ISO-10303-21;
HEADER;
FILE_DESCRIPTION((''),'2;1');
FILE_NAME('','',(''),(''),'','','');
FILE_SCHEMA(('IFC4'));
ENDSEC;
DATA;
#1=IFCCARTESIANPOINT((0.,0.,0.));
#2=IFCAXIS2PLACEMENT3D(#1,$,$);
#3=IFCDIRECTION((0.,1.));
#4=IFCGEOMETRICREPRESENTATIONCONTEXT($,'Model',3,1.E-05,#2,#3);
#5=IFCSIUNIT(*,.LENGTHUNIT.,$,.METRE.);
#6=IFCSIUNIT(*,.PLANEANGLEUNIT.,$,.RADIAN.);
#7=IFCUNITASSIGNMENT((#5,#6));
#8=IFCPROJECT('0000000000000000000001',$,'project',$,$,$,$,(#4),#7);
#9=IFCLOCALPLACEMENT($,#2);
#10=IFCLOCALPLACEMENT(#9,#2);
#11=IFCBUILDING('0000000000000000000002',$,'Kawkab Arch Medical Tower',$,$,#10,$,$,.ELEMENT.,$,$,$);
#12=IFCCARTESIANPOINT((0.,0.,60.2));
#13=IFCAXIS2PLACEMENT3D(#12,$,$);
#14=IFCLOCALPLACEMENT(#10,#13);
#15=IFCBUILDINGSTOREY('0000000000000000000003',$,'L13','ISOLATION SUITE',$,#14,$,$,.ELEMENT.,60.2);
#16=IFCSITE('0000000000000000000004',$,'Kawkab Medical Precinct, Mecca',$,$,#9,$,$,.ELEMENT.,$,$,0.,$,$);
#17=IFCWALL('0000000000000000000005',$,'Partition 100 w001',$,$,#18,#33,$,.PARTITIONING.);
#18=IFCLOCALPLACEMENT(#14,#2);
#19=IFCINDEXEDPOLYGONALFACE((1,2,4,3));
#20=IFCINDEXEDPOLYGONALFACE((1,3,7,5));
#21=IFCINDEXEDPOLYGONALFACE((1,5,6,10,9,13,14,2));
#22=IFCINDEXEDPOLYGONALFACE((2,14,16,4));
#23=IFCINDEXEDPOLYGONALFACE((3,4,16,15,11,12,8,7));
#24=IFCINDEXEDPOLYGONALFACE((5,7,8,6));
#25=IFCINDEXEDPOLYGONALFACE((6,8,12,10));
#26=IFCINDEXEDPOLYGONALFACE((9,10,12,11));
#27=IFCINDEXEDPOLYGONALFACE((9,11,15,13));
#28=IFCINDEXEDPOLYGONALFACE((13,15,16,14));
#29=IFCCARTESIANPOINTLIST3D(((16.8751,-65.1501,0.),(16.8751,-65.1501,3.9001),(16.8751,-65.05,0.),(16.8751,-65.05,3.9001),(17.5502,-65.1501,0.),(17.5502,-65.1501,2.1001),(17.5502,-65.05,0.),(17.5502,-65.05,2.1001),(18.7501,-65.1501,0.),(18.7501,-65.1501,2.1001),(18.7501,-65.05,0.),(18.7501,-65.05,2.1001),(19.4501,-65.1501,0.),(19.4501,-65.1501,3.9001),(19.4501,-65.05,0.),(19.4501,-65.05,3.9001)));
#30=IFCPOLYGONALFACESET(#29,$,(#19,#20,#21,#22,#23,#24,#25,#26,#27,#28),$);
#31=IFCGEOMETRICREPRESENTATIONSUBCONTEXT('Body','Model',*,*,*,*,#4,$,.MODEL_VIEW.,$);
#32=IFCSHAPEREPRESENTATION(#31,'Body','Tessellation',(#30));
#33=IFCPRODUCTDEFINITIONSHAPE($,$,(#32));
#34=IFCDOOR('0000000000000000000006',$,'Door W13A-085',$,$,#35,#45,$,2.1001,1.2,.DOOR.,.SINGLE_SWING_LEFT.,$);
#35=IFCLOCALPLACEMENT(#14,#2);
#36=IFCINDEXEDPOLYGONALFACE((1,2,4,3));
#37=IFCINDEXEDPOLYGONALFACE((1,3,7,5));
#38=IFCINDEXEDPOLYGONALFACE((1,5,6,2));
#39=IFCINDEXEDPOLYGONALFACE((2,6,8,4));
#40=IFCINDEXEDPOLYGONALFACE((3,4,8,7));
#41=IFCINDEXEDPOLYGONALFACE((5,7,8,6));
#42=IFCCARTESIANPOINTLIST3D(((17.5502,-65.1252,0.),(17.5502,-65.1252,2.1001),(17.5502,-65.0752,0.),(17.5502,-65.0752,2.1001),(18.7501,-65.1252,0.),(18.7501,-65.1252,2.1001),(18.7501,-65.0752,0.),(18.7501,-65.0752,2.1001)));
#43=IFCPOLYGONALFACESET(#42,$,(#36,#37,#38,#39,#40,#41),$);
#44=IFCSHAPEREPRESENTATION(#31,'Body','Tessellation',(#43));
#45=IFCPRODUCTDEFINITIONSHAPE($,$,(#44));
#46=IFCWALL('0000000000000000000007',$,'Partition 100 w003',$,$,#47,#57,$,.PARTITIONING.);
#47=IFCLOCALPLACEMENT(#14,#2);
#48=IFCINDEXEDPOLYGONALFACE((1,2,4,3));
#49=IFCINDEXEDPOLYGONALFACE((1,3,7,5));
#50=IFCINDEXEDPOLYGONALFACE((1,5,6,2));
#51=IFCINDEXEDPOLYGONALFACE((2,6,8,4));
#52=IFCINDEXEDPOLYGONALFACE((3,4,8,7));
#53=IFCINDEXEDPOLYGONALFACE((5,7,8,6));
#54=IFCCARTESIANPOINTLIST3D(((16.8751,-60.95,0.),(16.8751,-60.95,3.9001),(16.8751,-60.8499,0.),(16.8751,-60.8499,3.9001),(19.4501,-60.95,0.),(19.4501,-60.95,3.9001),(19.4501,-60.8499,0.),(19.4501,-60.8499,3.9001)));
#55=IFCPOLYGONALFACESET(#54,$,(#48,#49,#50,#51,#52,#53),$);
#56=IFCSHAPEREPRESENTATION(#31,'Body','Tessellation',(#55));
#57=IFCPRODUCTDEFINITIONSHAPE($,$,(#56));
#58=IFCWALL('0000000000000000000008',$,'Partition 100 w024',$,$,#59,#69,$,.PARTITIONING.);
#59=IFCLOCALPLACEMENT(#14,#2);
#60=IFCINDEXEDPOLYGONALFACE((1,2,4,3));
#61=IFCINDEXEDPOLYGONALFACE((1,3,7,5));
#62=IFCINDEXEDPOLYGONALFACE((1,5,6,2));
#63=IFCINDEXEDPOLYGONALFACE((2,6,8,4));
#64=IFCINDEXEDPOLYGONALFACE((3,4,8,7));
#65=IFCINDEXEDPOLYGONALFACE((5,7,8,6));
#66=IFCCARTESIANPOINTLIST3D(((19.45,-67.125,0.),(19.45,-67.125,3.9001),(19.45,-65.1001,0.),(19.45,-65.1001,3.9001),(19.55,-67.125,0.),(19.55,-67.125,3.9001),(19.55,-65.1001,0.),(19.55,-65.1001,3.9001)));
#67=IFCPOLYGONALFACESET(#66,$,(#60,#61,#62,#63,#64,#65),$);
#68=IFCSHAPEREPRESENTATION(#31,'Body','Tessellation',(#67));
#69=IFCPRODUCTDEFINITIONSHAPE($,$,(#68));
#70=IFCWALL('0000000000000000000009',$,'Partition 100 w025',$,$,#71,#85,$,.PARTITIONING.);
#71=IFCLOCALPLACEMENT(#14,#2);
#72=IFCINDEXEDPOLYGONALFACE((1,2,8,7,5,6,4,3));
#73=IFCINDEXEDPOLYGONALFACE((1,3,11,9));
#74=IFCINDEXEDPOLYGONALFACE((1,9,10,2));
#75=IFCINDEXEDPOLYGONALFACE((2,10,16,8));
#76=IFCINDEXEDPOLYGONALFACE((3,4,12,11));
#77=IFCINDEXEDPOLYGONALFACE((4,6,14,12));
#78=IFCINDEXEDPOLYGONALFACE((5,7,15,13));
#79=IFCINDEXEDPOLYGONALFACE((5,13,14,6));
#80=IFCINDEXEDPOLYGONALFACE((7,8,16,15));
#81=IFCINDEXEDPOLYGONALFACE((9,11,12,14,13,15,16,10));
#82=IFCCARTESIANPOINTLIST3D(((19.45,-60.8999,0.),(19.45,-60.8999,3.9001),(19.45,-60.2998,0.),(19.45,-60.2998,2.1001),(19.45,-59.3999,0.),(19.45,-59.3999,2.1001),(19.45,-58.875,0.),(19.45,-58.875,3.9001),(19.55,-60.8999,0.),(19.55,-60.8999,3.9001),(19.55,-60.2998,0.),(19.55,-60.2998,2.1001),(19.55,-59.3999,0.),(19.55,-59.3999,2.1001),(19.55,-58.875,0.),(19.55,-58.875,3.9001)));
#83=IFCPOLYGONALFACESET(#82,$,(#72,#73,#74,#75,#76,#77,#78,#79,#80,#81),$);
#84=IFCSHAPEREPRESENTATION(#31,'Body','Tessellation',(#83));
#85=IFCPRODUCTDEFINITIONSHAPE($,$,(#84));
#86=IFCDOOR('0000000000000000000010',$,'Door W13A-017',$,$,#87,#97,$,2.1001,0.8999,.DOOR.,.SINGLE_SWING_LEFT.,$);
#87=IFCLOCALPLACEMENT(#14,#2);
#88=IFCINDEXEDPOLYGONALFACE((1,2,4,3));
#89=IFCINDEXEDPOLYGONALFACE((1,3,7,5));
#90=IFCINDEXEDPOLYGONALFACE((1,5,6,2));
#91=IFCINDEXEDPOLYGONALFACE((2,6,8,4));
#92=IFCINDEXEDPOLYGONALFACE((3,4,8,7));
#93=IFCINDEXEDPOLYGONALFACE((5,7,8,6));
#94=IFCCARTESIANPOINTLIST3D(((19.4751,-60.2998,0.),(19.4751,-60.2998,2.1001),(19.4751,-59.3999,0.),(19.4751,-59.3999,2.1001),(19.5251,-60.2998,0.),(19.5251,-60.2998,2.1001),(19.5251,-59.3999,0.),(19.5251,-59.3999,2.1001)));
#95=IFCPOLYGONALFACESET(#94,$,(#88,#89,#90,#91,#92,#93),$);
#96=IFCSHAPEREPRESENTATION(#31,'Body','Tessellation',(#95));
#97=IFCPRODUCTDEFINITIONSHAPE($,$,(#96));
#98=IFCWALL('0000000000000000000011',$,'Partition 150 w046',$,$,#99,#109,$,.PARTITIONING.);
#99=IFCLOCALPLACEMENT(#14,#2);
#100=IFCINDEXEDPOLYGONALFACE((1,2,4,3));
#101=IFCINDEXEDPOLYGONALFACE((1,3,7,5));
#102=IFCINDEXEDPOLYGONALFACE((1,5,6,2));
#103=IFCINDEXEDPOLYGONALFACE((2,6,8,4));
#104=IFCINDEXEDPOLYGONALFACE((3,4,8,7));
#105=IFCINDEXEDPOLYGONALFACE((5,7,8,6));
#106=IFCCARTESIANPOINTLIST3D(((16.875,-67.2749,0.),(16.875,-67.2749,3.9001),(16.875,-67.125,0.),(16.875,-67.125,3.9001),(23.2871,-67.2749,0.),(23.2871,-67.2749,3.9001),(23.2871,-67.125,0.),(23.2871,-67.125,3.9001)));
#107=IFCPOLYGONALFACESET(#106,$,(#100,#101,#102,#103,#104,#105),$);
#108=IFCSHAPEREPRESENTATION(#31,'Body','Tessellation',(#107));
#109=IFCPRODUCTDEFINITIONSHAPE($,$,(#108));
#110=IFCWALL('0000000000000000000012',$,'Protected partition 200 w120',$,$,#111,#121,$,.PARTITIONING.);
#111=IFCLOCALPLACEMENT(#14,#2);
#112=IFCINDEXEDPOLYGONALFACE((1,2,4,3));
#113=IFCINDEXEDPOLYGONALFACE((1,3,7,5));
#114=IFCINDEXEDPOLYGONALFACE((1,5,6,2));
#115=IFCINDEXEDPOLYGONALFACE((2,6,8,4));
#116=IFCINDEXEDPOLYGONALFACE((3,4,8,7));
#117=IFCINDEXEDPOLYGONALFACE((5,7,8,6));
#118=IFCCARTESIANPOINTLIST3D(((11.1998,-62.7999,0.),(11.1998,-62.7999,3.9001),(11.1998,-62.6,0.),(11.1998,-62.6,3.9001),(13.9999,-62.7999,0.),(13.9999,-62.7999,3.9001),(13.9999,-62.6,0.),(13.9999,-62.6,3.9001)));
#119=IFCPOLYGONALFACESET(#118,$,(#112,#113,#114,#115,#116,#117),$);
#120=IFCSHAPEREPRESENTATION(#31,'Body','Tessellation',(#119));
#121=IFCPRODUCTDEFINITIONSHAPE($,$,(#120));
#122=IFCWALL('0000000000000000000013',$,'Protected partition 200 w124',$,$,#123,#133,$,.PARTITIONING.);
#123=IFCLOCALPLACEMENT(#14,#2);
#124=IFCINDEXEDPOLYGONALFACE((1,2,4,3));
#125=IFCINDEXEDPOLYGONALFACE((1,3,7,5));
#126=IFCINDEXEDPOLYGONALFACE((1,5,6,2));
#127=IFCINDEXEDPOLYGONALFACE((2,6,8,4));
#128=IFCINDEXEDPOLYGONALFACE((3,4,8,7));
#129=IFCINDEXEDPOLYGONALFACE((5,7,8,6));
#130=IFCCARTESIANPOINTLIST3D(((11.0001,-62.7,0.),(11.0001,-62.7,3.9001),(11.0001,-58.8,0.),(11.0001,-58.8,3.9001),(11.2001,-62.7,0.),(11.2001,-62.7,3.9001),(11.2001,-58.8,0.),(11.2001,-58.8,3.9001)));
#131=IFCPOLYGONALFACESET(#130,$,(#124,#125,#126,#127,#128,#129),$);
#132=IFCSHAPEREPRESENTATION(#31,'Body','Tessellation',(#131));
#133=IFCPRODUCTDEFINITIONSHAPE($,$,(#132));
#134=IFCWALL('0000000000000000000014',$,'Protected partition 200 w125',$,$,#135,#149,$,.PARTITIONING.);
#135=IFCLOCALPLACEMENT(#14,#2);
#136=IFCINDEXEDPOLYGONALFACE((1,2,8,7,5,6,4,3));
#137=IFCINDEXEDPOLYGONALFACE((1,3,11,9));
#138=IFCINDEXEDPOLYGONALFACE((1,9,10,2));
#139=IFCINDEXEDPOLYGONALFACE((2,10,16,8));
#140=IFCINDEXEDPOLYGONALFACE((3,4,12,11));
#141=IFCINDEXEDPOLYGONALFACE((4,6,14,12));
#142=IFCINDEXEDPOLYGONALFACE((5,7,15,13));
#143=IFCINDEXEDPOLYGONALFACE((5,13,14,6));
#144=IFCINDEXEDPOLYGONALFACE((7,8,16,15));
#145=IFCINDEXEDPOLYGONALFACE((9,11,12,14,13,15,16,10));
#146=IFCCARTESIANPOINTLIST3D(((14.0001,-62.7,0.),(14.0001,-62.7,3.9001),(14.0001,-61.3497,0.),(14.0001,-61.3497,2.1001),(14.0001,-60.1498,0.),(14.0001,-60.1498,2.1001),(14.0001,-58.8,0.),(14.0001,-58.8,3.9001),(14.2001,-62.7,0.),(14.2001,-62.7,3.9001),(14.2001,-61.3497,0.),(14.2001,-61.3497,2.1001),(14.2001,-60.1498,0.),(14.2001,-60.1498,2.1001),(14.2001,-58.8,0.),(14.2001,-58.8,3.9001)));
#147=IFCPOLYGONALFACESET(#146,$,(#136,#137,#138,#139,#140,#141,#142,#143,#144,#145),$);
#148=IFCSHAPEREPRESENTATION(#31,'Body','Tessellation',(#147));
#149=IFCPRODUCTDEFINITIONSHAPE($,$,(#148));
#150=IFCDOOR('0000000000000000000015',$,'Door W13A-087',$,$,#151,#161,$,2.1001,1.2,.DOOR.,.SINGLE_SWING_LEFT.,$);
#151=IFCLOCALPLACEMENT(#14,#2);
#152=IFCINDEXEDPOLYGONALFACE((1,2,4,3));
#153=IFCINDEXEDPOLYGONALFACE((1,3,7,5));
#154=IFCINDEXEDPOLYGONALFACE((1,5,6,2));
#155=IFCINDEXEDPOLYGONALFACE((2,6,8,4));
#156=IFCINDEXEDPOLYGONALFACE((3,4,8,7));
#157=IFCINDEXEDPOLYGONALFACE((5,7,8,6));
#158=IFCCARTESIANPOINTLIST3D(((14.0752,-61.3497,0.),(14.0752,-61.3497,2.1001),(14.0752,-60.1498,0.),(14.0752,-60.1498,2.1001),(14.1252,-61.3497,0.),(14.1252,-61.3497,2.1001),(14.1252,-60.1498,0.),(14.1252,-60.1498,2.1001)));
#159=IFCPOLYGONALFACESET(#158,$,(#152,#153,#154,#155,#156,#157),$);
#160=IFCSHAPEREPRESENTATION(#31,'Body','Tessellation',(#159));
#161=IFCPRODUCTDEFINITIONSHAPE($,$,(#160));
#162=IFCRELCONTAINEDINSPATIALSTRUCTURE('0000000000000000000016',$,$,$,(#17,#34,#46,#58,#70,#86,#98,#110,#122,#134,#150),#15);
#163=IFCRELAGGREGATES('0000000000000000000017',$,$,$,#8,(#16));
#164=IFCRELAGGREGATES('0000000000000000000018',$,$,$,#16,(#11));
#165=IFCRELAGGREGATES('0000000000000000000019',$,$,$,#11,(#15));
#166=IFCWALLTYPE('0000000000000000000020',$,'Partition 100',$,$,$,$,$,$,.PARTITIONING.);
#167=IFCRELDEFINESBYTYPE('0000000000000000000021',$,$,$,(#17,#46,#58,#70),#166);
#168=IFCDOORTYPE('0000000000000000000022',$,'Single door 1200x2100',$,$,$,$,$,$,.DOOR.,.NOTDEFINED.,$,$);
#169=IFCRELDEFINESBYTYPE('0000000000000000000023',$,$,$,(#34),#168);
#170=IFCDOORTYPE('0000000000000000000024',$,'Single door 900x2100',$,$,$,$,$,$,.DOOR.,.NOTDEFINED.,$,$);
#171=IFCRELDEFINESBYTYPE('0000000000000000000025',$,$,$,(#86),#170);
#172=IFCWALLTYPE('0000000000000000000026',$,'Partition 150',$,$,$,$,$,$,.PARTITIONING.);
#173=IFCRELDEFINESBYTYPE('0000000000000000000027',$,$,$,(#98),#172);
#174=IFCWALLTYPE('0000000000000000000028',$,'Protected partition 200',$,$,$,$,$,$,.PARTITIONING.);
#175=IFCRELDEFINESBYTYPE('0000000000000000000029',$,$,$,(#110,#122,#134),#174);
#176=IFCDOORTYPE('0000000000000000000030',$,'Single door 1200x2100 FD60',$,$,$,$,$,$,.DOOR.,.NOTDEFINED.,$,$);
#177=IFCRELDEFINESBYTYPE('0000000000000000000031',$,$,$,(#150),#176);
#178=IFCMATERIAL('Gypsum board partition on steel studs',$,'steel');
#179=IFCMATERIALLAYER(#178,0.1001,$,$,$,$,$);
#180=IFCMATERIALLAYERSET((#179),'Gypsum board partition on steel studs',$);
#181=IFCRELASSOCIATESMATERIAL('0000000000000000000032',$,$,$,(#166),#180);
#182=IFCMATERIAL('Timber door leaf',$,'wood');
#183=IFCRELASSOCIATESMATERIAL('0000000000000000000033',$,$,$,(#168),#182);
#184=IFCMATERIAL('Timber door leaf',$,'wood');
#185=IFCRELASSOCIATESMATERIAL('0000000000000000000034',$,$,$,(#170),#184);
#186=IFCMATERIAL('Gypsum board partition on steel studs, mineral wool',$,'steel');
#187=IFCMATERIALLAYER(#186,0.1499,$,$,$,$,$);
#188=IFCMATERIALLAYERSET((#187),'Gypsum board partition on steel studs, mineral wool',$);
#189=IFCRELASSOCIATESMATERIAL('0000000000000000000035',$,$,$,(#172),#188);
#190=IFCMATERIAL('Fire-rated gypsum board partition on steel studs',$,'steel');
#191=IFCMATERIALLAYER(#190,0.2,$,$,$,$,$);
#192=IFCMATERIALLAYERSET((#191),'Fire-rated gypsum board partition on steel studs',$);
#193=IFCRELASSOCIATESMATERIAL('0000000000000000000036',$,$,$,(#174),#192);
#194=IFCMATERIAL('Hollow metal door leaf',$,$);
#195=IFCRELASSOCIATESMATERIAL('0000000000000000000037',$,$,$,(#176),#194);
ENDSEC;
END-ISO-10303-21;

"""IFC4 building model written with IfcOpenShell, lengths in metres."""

from ifc_helpers import new_model, si_unit, direction, frame, frame_2d, origin, place, context, subcontext, project, spatial, rectangle, extrude, material, layer, layer_set, type_object, element, fill, save


model = new_model("IFC4")

# Units and contexts
model_context = context("Model", 3, precision=1e-05, world=origin(), true_north=direction((0.0, 1.0)))
body_context = subcontext(model_context, "Body", "Model", "MODEL_VIEW")
ifc_project = project(units=[si_unit("LENGTHUNIT", "METRE"), si_unit("PLANEANGLEUNIT", "RADIAN")], contexts=[model_context])

# Site, building, storey
site_placement = place(None, origin())
site = spatial("IfcSite", under=ifc_project, at=site_placement, Name="Kawkab Medical Precinct, Mecca", CompositionType="ELEMENT", RefElevation=0.0)
building_placement = place(site_placement, origin())
building = spatial("IfcBuilding", under=site, at=building_placement, Name="Kawkab Arch Medical Tower", CompositionType="ELEMENT")
storey_placement = place(building_placement, frame((0.0, 0.0, 60.2)))
storey = spatial("IfcBuildingStorey", under=building, at=storey_placement, Name="L13", Description="ISOLATION SUITE", CompositionType="ELEMENT", Elevation=60.2)

# Wall, opening, door
ifc_material_1 = material(Name="Gypsum board partition on steel studs", Category="steel")
ifc_layer_1 = layer(ifc_material_1, 0.1001)
ifc_layer_set_1 = layer_set([ifc_layer_1], Name="Gypsum board partition on steel studs")
wall_type_1 = type_object("IfcWallType", Name="Partition 100", PredefinedType="PARTITIONING", material=ifc_layer_set_1)
wall_1_placement = place(storey_placement, frame((16.875, -65.1001, 0.0), z_axis=(0.0, 0.0, 1.0), x_axis=(1.0, 0.0, 0.0)))
wall_1 = element("IfcWall", 1, at=wall_1_placement, inside=storey, type_object=wall_type_1, Name="Partition 100 w001", PredefinedType="PARTITIONING", context=body_context, shape_type="SweptSolid", body=[
    extrude(rectangle(XDim=2.575, YDim=0.1001, at=frame_2d((1.2876, 0.0))), origin(), (0.0, 0.0, 1.0), 3.9001),
])
opening_1_placement = place(wall_1_placement, frame((0.675, 0.0, 0.0)))
opening_1 = element("IfcOpeningElement", 2, at=opening_1_placement, cuts=wall_1, PredefinedType="OPENING", context=body_context, shape_type="SweptSolid", body=[
    extrude(rectangle(XDim=1.2, YDim=2.1001, at=frame_2d((0.6001, 1.05))), frame((0.0, 0.0601, 0.0), z_axis=(0.0, -1.0, 0.0), x_axis=(1.0, 0.0, 0.0)), (0.0, 0.0, 1.0), 0.1201),
])
ifc_material_2 = material(Name="Timber door leaf", Category="wood")
door_type_1 = type_object("IfcDoorType", Name="Single door 1200x2100", OperationType="NOTDEFINED", PredefinedType="DOOR", material=ifc_material_2)
door_1_placement = place(opening_1_placement, origin())
door_1 = element("IfcDoor", 3, at=door_1_placement, inside=storey, type_object=door_type_1, Name="Door W13A-085", OperationType="SINGLE_SWING_LEFT", OverallHeight=2.1001, OverallWidth=1.2, PredefinedType="DOOR", context=body_context, shape_type="SweptSolid", body=[
    extrude(rectangle(XDim=1.2, YDim=2.1001, at=frame_2d((0.6001, 1.05))), frame((0.0, 0.0249, 0.0), z_axis=(0.0, -1.0, 0.0), x_axis=(1.0, 0.0, 0.0)), (0.0, 0.0, 1.0), 0.05),
])
fill(opening_1, door_1)

# Walls
wall_2_placement = place(storey_placement, frame((16.875, -60.8999, 0.0), z_axis=(0.0, 0.0, 1.0), x_axis=(1.0, 0.0, 0.0)))
element("IfcWall", 4, at=wall_2_placement, inside=storey, type_object=wall_type_1, Name="Partition 100 w003", PredefinedType="PARTITIONING", context=body_context, shape_type="SweptSolid", body=[
    extrude(rectangle(XDim=2.575, YDim=0.1001, at=frame_2d((1.2876, 0.0))), origin(), (0.0, 0.0, 1.0), 3.9001),
])
wall_3_placement = place(storey_placement, frame((19.5, -67.125, 0.0), z_axis=(0.0, 0.0, 1.0), x_axis=(0.0, 1.0, 0.0)))
element("IfcWall", 5, at=wall_3_placement, inside=storey, type_object=wall_type_1, Name="Partition 100 w024", PredefinedType="PARTITIONING", context=body_context, shape_type="SweptSolid", body=[
    extrude(rectangle(XDim=2.0249, YDim=0.1001, at=frame_2d((1.0125, 0.0))), origin(), (0.0, 0.0, 1.0), 3.9001),
])

# Wall, opening, door
wall_4_placement = place(storey_placement, frame((19.5, -60.8999, 0.0), z_axis=(0.0, 0.0, 1.0), x_axis=(0.0, 1.0, 0.0)))
wall_4 = element("IfcWall", 6, at=wall_4_placement, inside=storey, type_object=wall_type_1, Name="Partition 100 w025", PredefinedType="PARTITIONING", context=body_context, shape_type="SweptSolid", body=[
    extrude(rectangle(XDim=2.0249, YDim=0.1001, at=frame_2d((1.0125, 0.0))), origin(), (0.0, 0.0, 1.0), 3.9001),
])
opening_2_placement = place(wall_4_placement, frame((0.6001, 0.0, 0.0)))
opening_2 = element("IfcOpeningElement", 7, at=opening_2_placement, cuts=wall_4, PredefinedType="OPENING", context=body_context, shape_type="SweptSolid", body=[
    extrude(rectangle(XDim=0.8999, YDim=2.1001, at=frame_2d((0.45, 1.05))), frame((0.0, 0.0601, 0.0), z_axis=(0.0, -1.0, 0.0), x_axis=(1.0, 0.0, 0.0)), (0.0, 0.0, 1.0), 0.1201),
])
ifc_material_3 = material(Name="Timber door leaf", Category="wood")
door_type_2 = type_object("IfcDoorType", Name="Single door 900x2100", OperationType="NOTDEFINED", PredefinedType="DOOR", material=ifc_material_3)
door_2_placement = place(opening_2_placement, origin())
door_2 = element("IfcDoor", 8, at=door_2_placement, inside=storey, type_object=door_type_2, Name="Door W13A-017", OperationType="SINGLE_SWING_LEFT", OverallHeight=2.1001, OverallWidth=0.8999, PredefinedType="DOOR", context=body_context, shape_type="SweptSolid", body=[
    extrude(rectangle(XDim=0.8999, YDim=2.1001, at=frame_2d((0.45, 1.05))), frame((0.0, 0.0249, 0.0), z_axis=(0.0, -1.0, 0.0), x_axis=(1.0, 0.0, 0.0)), (0.0, 0.0, 1.0), 0.05),
])
fill(opening_2, door_2)

# Walls
ifc_material_4 = material(Name="Gypsum board partition on steel studs, mineral wool", Category="steel")
ifc_layer_2 = layer(ifc_material_4, 0.1499)
ifc_layer_set_2 = layer_set([ifc_layer_2], Name="Gypsum board partition on steel studs, mineral wool")
wall_type_2 = type_object("IfcWallType", Name="Partition 150", PredefinedType="PARTITIONING", material=ifc_layer_set_2)
wall_5_placement = place(storey_placement, frame((16.875, -67.2, 0.0), z_axis=(0.0, 0.0, 1.0), x_axis=(1.0, 0.0, 0.0)))
element("IfcWall", 9, at=wall_5_placement, inside=storey, type_object=wall_type_2, Name="Partition 150 w046", PredefinedType="PARTITIONING", context=body_context, shape_type="SweptSolid", body=[
    extrude(rectangle(XDim=6.4121, YDim=0.1499, at=frame_2d((3.2061, 0.0))), origin(), (0.0, 0.0, 1.0), 3.9001),
])
ifc_material_5 = material(Name="Fire-rated gypsum board partition on steel studs", Category="steel")
ifc_layer_3 = layer(ifc_material_5, 0.2)
ifc_layer_set_3 = layer_set([ifc_layer_3], Name="Fire-rated gypsum board partition on steel studs")
wall_type_3 = type_object("IfcWallType", Name="Protected partition 200", PredefinedType="PARTITIONING", material=ifc_layer_set_3)
wall_6_placement = place(storey_placement, frame((11.2, -62.7, 0.0), z_axis=(0.0, 0.0, 1.0), x_axis=(1.0, 0.0, 0.0)))
element("IfcWall", 10, at=wall_6_placement, inside=storey, type_object=wall_type_3, Name="Protected partition 200 w120", PredefinedType="PARTITIONING", context=body_context, shape_type="SweptSolid", body=[
    extrude(rectangle(XDim=2.8, YDim=0.2, at=frame_2d((1.3999, 0.0))), origin(), (0.0, 0.0, 1.0), 3.9001),
])
wall_7_placement = place(storey_placement, frame((11.1001, -62.7, 0.0), z_axis=(0.0, 0.0, 1.0), x_axis=(0.0, 1.0, 0.0)))
element("IfcWall", 11, at=wall_7_placement, inside=storey, type_object=wall_type_3, Name="Protected partition 200 w124", PredefinedType="PARTITIONING", context=body_context, shape_type="SweptSolid", body=[
    extrude(rectangle(XDim=3.8999, YDim=0.2, at=frame_2d((1.95, 0.0))), origin(), (0.0, 0.0, 1.0), 3.9001),
])

# Wall, opening, door
wall_8_placement = place(storey_placement, frame((14.1001, -62.7, 0.0), z_axis=(0.0, 0.0, 1.0), x_axis=(0.0, 1.0, 0.0)))
wall_8 = element("IfcWall", 12, at=wall_8_placement, inside=storey, type_object=wall_type_3, Name="Protected partition 200 w125", PredefinedType="PARTITIONING", context=body_context, shape_type="SweptSolid", body=[
    extrude(rectangle(XDim=3.8999, YDim=0.2, at=frame_2d((1.95, 0.0))), origin(), (0.0, 0.0, 1.0), 3.9001),
])
opening_3_placement = place(wall_8_placement, frame((1.3501, 0.0, 0.0)))
opening_3 = element("IfcOpeningElement", 13, at=opening_3_placement, cuts=wall_8, PredefinedType="OPENING", context=body_context, shape_type="SweptSolid", body=[
    extrude(rectangle(XDim=1.2, YDim=2.1001, at=frame_2d((0.6001, 1.05))), frame((0.0, 0.1099, 0.0), z_axis=(0.0, -1.0, 0.0), x_axis=(1.0, 0.0, 0.0)), (0.0, 0.0, 1.0), 0.22),
])
ifc_material_6 = material(Name="Hollow metal door leaf")
door_type_3 = type_object("IfcDoorType", Name="Single door 1200x2100 FD60", OperationType="NOTDEFINED", PredefinedType="DOOR", material=ifc_material_6)
door_3_placement = place(opening_3_placement, origin())
door_3 = element("IfcDoor", 14, at=door_3_placement, inside=storey, type_object=door_type_3, Name="Door W13A-087", OperationType="SINGLE_SWING_LEFT", OverallHeight=2.1001, OverallWidth=1.2, PredefinedType="DOOR", context=body_context, shape_type="SweptSolid", body=[
    extrude(rectangle(XDim=1.2, YDim=2.1001, at=frame_2d((0.6001, 1.05))), frame((0.0, 0.0249, 0.0), z_axis=(0.0, -1.0, 0.0), x_axis=(1.0, 0.0, 0.0)), (0.0, 0.0, 1.0), 0.05),
])
fill(opening_3, door_3)

save(model, "model.ifc")
